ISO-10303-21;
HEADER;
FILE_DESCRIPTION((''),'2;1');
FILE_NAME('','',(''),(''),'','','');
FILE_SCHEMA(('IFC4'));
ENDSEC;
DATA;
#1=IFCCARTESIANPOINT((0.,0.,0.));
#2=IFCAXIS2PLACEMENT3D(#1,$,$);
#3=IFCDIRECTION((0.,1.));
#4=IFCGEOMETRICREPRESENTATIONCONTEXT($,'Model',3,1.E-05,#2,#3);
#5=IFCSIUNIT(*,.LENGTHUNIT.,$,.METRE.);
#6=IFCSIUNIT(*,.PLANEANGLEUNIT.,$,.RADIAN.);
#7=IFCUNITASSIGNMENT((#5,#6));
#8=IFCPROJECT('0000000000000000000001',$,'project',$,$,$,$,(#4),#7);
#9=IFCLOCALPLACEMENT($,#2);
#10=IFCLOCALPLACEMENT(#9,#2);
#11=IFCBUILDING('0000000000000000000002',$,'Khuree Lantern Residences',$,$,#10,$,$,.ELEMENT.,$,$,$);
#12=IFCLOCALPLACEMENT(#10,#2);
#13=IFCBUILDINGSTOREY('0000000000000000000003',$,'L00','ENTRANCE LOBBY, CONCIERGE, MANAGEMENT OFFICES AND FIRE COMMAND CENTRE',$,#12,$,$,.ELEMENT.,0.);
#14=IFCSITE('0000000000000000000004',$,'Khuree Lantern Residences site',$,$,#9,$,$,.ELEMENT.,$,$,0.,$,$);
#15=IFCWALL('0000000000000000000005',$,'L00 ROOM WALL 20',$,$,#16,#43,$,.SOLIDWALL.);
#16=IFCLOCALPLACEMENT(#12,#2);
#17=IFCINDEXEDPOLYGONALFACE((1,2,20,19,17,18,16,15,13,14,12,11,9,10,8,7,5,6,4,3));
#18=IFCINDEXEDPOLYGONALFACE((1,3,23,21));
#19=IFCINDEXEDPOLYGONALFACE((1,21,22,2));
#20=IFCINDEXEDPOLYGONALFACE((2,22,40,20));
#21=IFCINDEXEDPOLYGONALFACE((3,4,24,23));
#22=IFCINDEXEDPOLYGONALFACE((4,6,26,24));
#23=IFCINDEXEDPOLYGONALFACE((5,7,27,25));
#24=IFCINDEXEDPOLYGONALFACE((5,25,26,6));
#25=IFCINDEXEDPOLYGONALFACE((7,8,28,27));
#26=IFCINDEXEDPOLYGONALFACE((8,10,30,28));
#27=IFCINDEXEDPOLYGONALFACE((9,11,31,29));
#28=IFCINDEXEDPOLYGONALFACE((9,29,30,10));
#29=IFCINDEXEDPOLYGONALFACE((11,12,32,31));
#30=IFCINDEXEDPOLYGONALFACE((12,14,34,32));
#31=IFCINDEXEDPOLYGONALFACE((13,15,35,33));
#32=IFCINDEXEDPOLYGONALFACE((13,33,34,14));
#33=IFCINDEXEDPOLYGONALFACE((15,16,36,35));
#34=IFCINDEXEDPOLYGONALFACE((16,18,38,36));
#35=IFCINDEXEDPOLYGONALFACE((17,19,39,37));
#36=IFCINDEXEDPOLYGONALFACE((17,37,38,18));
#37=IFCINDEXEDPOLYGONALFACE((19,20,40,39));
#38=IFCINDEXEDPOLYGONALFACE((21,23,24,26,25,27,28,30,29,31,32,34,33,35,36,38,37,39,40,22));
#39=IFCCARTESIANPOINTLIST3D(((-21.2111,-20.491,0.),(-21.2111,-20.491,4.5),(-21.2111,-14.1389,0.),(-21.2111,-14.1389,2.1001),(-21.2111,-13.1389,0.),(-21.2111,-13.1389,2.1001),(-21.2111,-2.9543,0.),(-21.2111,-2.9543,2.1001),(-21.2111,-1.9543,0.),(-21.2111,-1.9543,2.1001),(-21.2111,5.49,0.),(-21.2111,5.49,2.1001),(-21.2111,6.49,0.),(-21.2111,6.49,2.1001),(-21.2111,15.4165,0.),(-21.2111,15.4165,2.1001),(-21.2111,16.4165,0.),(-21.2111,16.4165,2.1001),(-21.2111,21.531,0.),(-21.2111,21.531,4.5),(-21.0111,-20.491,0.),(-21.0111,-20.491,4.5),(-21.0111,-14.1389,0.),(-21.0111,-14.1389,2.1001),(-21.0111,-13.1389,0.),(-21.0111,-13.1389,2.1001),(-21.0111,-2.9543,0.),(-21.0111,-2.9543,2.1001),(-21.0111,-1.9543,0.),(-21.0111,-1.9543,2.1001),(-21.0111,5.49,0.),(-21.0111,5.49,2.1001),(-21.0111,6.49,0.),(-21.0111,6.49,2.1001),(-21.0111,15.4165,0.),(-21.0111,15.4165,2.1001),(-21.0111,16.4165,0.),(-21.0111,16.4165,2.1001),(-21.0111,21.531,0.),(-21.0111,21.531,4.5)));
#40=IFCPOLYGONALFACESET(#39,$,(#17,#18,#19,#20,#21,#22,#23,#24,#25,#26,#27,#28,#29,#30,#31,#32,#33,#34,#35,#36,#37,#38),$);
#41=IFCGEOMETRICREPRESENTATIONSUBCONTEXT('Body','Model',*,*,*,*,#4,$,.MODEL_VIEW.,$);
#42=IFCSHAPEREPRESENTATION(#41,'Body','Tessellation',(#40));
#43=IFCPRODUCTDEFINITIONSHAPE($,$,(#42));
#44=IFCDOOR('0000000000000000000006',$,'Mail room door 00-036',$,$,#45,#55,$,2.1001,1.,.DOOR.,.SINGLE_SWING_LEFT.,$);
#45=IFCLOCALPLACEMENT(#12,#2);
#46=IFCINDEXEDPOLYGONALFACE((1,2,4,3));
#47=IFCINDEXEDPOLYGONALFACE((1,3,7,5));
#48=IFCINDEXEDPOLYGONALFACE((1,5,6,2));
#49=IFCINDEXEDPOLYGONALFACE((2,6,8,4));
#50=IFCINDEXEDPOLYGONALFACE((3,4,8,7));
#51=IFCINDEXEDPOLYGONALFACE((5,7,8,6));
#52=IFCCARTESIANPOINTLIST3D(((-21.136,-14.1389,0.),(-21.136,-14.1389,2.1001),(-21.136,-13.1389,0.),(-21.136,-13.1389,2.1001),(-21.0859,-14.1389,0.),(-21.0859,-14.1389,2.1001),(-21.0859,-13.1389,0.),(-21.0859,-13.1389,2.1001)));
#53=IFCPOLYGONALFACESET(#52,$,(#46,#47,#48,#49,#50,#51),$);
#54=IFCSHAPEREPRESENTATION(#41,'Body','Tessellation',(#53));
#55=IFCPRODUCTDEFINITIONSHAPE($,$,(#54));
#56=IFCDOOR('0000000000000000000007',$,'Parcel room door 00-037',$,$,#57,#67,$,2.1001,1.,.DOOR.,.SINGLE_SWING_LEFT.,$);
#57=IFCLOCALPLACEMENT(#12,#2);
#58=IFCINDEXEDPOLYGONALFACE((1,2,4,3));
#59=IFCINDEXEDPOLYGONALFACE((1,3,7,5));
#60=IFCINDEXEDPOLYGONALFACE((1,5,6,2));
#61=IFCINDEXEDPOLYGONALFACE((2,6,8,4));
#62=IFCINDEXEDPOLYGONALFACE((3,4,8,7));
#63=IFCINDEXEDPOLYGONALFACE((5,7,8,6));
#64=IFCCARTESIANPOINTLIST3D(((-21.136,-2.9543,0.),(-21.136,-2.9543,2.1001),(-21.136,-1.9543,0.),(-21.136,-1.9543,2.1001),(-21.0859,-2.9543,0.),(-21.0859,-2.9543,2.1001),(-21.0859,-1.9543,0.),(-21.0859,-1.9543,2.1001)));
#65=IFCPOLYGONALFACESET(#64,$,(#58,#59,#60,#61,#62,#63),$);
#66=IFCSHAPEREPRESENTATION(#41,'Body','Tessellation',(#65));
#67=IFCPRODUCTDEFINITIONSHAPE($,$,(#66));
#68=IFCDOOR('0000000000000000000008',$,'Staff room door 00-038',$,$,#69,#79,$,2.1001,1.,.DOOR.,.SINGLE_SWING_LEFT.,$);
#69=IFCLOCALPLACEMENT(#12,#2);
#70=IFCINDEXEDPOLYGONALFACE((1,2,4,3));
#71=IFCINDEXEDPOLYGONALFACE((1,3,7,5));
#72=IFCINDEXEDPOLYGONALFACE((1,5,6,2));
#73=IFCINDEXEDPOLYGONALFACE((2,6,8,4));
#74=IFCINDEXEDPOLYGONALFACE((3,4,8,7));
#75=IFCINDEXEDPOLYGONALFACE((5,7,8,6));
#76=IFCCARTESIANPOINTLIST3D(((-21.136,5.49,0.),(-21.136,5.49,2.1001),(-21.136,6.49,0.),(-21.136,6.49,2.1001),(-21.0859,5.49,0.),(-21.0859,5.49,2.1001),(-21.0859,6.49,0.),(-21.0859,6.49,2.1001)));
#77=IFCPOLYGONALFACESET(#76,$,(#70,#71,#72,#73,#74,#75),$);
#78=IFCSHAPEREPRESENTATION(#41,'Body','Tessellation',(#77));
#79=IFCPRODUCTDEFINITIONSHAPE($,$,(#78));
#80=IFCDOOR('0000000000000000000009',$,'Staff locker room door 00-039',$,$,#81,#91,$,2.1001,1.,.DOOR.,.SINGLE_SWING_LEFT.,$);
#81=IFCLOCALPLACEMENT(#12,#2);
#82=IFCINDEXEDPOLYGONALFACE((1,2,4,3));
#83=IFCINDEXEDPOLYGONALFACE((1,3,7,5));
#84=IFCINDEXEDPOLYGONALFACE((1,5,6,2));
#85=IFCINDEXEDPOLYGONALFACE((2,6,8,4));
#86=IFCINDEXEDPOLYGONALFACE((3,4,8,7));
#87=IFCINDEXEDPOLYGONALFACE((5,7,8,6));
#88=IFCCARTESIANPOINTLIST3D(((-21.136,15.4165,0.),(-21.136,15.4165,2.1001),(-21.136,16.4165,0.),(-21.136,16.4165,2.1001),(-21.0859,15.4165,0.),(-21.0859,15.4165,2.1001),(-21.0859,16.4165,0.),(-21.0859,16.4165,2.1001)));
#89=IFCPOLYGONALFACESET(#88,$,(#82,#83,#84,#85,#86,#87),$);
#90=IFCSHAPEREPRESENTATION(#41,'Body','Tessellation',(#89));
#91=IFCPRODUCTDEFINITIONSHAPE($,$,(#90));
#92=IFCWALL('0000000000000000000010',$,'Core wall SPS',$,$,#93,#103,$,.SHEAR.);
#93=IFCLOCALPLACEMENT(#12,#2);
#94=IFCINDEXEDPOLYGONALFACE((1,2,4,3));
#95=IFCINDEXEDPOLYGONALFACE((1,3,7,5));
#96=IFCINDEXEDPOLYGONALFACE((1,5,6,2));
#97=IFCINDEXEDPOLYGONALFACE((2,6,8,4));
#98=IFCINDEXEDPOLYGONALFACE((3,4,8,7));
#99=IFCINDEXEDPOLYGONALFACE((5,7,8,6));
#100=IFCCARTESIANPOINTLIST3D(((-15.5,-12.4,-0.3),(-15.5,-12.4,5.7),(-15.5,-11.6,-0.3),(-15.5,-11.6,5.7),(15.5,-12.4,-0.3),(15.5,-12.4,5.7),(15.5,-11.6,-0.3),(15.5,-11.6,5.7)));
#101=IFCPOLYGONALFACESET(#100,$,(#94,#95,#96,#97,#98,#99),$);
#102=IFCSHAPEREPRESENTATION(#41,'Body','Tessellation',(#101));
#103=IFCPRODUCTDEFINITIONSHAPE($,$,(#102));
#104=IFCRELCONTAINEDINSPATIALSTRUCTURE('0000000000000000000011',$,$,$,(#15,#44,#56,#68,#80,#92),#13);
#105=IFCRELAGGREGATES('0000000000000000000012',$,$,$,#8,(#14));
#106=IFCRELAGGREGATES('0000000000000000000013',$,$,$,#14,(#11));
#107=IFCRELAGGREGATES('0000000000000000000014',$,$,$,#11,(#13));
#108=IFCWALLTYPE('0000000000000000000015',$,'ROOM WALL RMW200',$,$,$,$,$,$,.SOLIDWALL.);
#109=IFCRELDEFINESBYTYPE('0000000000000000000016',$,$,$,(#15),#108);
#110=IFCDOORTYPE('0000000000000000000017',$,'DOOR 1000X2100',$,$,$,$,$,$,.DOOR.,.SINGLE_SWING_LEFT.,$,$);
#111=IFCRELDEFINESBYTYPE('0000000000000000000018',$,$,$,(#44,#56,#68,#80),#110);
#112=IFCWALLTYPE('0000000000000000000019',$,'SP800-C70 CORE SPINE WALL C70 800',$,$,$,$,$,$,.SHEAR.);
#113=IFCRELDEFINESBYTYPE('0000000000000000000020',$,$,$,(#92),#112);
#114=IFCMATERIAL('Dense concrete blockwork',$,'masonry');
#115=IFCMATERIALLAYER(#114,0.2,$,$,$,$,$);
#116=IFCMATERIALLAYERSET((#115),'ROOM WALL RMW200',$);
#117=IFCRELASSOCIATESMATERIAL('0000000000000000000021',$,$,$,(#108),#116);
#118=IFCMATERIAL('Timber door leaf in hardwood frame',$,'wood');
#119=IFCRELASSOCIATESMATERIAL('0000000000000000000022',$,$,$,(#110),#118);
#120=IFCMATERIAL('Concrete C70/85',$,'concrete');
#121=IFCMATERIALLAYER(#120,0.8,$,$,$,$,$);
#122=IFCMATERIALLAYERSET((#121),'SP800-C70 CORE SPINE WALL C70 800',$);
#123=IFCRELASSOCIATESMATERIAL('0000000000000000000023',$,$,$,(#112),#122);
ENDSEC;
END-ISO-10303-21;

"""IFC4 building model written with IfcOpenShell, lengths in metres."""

from ifc_helpers import new_model, si_unit, direction, frame, frame_2d, origin, place, context, subcontext, project, spatial, rectangle, extrude, material, layer, layer_set, type_object, element, fill, save


model = new_model("IFC4")

# Units and contexts
model_context = context("Model", 3, precision=1e-05, world=origin(), true_north=direction((0.0, 1.0)))
body_context = subcontext(model_context, "Body", "Model", "MODEL_VIEW")
ifc_project = project(units=[si_unit("LENGTHUNIT", "METRE"), si_unit("PLANEANGLEUNIT", "RADIAN")], contexts=[model_context])

# Site, building, storey
site_placement = place(None, origin())
site = spatial("IfcSite", under=ifc_project, at=site_placement, Name="Khuree Lantern Residences site", CompositionType="ELEMENT", RefElevation=0.0)
building_placement = place(site_placement, origin())
building = spatial("IfcBuilding", under=site, at=building_placement, Name="Khuree Lantern Residences", CompositionType="ELEMENT")
storey_placement = place(building_placement, origin())
storey = spatial("IfcBuildingStorey", under=building, at=storey_placement, Name="L00", Description="ENTRANCE LOBBY, CONCIERGE, MANAGEMENT OFFICES AND FIRE COMMAND CENTRE", CompositionType="ELEMENT", Elevation=0.0)

# Shared definitions
ifc_material_1 = material(Name="Concrete C70/85", Category="concrete")

# Shared definitions
ifc_material_2 = material(Name="Dense concrete blockwork", Category="masonry")

# Shared definitions
ifc_layer_1 = layer(ifc_material_2, 0.2)
ifc_layer_set_1 = layer_set([ifc_layer_1], Name="ROOM WALL RMW200")
wall_type_1 = type_object("IfcWallType", Name="ROOM WALL RMW200", PredefinedType="SOLIDWALL", material=ifc_layer_set_1)
ifc_material_3 = material(Name="Timber door leaf in hardwood frame", Category="wood")

# Wall, openings, doors
wall_1_placement = place(storey_placement, frame((-21.1111, -20.491, 0.0), z_axis=(0.0, 0.0, 1.0), x_axis=(0.0, 1.0, 0.0)))
wall_1 = element("IfcWall", 1, at=wall_1_placement, inside=storey, type_object=wall_type_1, Name="L00 ROOM WALL 20", PredefinedType="SOLIDWALL", context=body_context, shape_type="SweptSolid", body=[
    extrude(rectangle(XDim=42.022, YDim=0.2, at=frame_2d((21.011, 0.0))), origin(), (0.0, 0.0, 1.0), 4.5),
])
opening_1_placement = place(wall_1_placement, frame((6.3521, 0.0, 0.0)))
opening_1 = element("IfcOpeningElement", 2, at=opening_1_placement, cuts=wall_1, PredefinedType="OPENING", context=body_context, shape_type="SweptSolid", body=[
    extrude(rectangle(XDim=1.0, YDim=2.1001, at=frame_2d((0.5, 1.05))), frame((0.0, 0.1099, 0.0), z_axis=(0.0, -1.0, 0.0), x_axis=(1.0, 0.0, 0.0)), (0.0, 0.0, 1.0), 0.22),
])
opening_2_placement = place(wall_1_placement, frame((17.5366, 0.0, 0.0)))
opening_2 = element("IfcOpeningElement", 3, at=opening_2_placement, cuts=wall_1, PredefinedType="OPENING", context=body_context, shape_type="SweptSolid", body=[
    extrude(rectangle(XDim=1.0, YDim=2.1001, at=frame_2d((0.5, 1.05))), frame((0.0, 0.1099, 0.0), z_axis=(0.0, -1.0, 0.0), x_axis=(1.0, 0.0, 0.0)), (0.0, 0.0, 1.0), 0.22),
])
opening_3_placement = place(wall_1_placement, frame((25.981, 0.0, 0.0)))
opening_3 = element("IfcOpeningElement", 4, at=opening_3_placement, cuts=wall_1, PredefinedType="OPENING", context=body_context, shape_type="SweptSolid", body=[
    extrude(rectangle(XDim=1.0, YDim=2.1001, at=frame_2d((0.5, 1.05))), frame((0.0, 0.1099, 0.0), z_axis=(0.0, -1.0, 0.0), x_axis=(1.0, 0.0, 0.0)), (0.0, 0.0, 1.0), 0.22),
])
opening_4_placement = place(wall_1_placement, frame((35.9075, 0.0, 0.0)))
opening_4 = element("IfcOpeningElement", 5, at=opening_4_placement, cuts=wall_1, PredefinedType="OPENING", context=body_context, shape_type="SweptSolid", body=[
    extrude(rectangle(XDim=1.0, YDim=2.1001, at=frame_2d((0.5, 1.05))), frame((0.0, 0.1099, 0.0), z_axis=(0.0, -1.0, 0.0), x_axis=(1.0, 0.0, 0.0)), (0.0, 0.0, 1.0), 0.22),
])
door_type_1 = type_object("IfcDoorType", Name="DOOR 1000X2100", OperationType="SINGLE_SWING_LEFT", PredefinedType="DOOR", material=ifc_material_3)
door_1_placement = place(opening_1_placement, origin())
door_1 = element("IfcDoor", 6, at=door_1_placement, inside=storey, type_object=door_type_1, Name="Mail room door 00-036", OperationType="SINGLE_SWING_LEFT", OverallHeight=2.1001, OverallWidth=1.0, PredefinedType="DOOR", context=body_context, shape_type="SweptSolid", body=[
    extrude(rectangle(XDim=1.0, YDim=2.1001, at=frame_2d((0.5, 1.05))), frame((0.0, 0.0249, 0.0), z_axis=(0.0, -1.0, 0.0), x_axis=(1.0, 0.0, 0.0)), (0.0, 0.0, 1.0), 0.05),
])
fill(opening_1, door_1)
door_2_placement = place(opening_2_placement, origin())
door_2 = element("IfcDoor", 7, at=door_2_placement, inside=storey, type_object=door_type_1, Name="Parcel room door 00-037", OperationType="SINGLE_SWING_LEFT", OverallHeight=2.1001, OverallWidth=1.0, PredefinedType="DOOR", context=body_context, shape_type="SweptSolid", body=[
    extrude(rectangle(XDim=1.0, YDim=2.1001, at=frame_2d((0.5, 1.05))), frame((0.0, 0.0249, 0.0), z_axis=(0.0, -1.0, 0.0), x_axis=(1.0, 0.0, 0.0)), (0.0, 0.0, 1.0), 0.05),
])
fill(opening_2, door_2)
door_3_placement = place(opening_3_placement, origin())
door_3 = element("IfcDoor", 8, at=door_3_placement, inside=storey, type_object=door_type_1, Name="Staff room door 00-038", OperationType="SINGLE_SWING_LEFT", OverallHeight=2.1001, OverallWidth=1.0, PredefinedType="DOOR", context=body_context, shape_type="SweptSolid", body=[
    extrude(rectangle(XDim=1.0, YDim=2.1001, at=frame_2d((0.5, 1.05))), frame((0.0, 0.0249, 0.0), z_axis=(0.0, -1.0, 0.0), x_axis=(1.0, 0.0, 0.0)), (0.0, 0.0, 1.0), 0.05),
])
fill(opening_3, door_3)
door_4_placement = place(opening_4_placement, origin())
door_4 = element("IfcDoor", 9, at=door_4_placement, inside=storey, type_object=door_type_1, Name="Staff locker room door 00-039", OperationType="SINGLE_SWING_LEFT", OverallHeight=2.1001, OverallWidth=1.0, PredefinedType="DOOR", context=body_context, shape_type="SweptSolid", body=[
    extrude(rectangle(XDim=1.0, YDim=2.1001, at=frame_2d((0.5, 1.05))), frame((0.0, 0.0249, 0.0), z_axis=(0.0, -1.0, 0.0), x_axis=(1.0, 0.0, 0.0)), (0.0, 0.0, 1.0), 0.05),
])
fill(opening_4, door_4)

# Wall
ifc_layer_2 = layer(ifc_material_1, 0.8)
ifc_layer_set_2 = layer_set([ifc_layer_2], Name="SP800-C70 CORE SPINE WALL C70 800")
wall_type_2 = type_object("IfcWallType", Name="SP800-C70 CORE SPINE WALL C70 800", PredefinedType="SHEAR", material=ifc_layer_set_2)
wall_2_placement = place(storey_placement, frame((-15.5, -12.0, -0.3), z_axis=(0.0, 0.0, 1.0), x_axis=(1.0, 0.0, 0.0)))
element("IfcWall", 10, at=wall_2_placement, inside=storey, type_object=wall_type_2, Name="Core wall SPS", PredefinedType="SHEAR", context=body_context, shape_type="SweptSolid", body=[
    extrude(rectangle(XDim=31.0, YDim=0.8, at=frame_2d((15.5, 0.0))), origin(), (0.0, 0.0, 1.0), 6.0),
])

save(model, "model.ifc")
